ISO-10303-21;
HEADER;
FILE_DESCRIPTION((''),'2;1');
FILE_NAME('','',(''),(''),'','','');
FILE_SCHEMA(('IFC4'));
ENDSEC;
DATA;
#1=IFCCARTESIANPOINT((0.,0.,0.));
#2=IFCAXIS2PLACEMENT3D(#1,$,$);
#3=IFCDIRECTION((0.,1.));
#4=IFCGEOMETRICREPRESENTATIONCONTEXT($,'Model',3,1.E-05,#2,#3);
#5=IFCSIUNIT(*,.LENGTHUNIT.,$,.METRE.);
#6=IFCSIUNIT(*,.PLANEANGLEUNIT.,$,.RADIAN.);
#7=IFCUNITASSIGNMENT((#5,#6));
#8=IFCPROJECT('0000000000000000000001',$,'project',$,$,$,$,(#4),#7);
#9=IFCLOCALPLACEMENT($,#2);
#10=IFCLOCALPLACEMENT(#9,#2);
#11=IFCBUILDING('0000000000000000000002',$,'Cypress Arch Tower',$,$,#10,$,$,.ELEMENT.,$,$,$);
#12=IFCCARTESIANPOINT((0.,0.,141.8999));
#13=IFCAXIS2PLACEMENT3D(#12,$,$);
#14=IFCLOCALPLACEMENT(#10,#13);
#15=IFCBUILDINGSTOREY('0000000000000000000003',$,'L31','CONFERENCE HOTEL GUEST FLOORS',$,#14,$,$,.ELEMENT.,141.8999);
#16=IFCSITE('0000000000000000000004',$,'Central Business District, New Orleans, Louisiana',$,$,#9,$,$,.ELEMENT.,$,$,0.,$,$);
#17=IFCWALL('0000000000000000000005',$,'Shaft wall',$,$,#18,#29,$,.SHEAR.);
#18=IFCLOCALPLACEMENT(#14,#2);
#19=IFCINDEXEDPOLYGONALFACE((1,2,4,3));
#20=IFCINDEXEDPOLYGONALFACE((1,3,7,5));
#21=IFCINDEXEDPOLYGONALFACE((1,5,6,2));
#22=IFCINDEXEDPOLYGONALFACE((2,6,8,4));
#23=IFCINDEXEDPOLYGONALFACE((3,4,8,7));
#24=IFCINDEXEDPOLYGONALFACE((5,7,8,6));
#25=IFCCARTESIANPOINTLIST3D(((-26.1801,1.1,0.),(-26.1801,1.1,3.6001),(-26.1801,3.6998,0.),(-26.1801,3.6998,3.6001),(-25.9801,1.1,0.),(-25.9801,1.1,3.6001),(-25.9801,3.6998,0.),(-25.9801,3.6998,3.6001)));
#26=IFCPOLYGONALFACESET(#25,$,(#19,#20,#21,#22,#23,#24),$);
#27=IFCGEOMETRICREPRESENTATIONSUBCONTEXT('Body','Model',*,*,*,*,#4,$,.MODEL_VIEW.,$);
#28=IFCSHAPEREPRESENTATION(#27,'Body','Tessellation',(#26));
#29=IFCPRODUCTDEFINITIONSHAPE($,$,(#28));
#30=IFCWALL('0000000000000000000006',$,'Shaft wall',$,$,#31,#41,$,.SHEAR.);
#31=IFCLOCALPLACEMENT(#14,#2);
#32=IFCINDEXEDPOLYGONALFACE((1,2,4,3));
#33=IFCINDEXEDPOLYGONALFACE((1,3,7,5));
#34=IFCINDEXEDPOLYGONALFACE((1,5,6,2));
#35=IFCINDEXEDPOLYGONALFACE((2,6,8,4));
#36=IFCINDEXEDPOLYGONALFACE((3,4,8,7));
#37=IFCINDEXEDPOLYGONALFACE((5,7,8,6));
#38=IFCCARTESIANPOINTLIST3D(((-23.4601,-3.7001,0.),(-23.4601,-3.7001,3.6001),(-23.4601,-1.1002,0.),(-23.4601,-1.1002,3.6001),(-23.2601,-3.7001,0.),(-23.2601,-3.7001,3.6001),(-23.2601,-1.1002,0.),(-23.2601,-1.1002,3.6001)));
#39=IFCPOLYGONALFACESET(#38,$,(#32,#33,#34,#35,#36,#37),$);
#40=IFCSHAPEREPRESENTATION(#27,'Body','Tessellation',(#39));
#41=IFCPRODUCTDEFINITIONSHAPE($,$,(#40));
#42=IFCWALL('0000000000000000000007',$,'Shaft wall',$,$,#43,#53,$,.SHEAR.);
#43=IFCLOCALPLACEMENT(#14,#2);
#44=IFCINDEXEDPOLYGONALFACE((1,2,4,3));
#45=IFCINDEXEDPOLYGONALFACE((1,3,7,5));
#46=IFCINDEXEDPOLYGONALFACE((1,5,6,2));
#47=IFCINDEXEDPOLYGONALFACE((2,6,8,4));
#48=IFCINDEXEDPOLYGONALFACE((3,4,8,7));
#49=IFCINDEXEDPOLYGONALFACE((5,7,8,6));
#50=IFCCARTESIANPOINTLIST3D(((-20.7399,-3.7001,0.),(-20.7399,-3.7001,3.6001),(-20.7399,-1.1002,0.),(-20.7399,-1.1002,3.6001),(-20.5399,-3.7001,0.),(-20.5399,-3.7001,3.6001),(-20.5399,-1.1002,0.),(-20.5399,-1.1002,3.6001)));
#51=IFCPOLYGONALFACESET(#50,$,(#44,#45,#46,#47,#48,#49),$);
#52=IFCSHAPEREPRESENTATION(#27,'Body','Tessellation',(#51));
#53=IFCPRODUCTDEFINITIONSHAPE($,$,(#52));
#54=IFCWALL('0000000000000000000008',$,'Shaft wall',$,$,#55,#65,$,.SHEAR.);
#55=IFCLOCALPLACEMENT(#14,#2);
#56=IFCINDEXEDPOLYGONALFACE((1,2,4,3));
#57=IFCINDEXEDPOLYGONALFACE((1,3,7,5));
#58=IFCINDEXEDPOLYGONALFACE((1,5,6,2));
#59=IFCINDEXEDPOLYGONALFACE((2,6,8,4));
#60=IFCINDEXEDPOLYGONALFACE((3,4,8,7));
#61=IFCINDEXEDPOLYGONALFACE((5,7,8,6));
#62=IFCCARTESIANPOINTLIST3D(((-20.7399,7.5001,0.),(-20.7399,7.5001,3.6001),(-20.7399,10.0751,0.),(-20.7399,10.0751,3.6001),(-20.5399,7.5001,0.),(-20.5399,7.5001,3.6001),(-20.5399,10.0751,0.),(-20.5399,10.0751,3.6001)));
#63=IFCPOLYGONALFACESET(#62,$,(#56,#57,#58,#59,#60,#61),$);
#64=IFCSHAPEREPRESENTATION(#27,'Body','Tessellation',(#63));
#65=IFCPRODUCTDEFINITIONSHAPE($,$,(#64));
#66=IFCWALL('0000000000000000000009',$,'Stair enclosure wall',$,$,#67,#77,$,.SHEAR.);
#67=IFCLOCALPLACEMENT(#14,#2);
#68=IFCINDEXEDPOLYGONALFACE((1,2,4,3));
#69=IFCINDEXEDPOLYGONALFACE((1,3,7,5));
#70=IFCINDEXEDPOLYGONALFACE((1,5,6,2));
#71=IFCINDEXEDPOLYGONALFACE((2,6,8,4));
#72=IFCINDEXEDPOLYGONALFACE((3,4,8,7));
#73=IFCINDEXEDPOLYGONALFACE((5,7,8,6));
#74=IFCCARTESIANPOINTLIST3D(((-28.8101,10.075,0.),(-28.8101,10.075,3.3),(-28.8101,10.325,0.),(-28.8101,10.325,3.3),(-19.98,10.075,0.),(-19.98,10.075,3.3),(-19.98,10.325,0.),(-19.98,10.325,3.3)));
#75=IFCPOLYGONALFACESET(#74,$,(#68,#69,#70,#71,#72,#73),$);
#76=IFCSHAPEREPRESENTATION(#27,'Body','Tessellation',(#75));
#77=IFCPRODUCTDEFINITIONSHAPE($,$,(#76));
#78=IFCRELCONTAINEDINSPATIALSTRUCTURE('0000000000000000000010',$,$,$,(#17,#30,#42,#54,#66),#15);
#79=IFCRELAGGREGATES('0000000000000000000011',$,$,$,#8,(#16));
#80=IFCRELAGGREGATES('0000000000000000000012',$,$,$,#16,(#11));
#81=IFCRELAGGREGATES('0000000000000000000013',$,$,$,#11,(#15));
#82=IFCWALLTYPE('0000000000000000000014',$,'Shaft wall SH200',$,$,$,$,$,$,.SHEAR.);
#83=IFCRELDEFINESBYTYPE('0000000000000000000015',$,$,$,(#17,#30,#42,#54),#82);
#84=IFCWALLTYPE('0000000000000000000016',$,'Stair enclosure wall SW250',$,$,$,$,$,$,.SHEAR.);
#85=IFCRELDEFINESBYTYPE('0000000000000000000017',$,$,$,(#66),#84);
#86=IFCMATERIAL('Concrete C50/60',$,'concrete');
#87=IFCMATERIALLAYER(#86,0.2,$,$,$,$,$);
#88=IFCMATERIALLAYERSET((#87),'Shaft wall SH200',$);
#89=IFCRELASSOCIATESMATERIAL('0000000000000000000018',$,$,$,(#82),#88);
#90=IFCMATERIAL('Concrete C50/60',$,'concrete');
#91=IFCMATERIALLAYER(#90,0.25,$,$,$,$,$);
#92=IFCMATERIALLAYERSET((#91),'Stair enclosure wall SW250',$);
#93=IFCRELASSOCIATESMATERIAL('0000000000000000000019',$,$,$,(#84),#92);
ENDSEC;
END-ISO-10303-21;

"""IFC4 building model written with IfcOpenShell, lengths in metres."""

from ifc_helpers import new_model, si_unit, direction, frame, frame_2d, origin, place, context, subcontext, project, spatial, rectangle, extrude, material, layer, layer_set, type_object, element, save


model = new_model("IFC4")

# Units and contexts
model_context = context("Model", 3, precision=1e-05, world=origin(), true_north=direction((0.0, 1.0)))
body_context = subcontext(model_context, "Body", "Model", "MODEL_VIEW")
ifc_project = project(units=[si_unit("LENGTHUNIT", "METRE"), si_unit("PLANEANGLEUNIT", "RADIAN")], contexts=[model_context])

# Site, building, storey
site_placement = place(None, origin())
site = spatial("IfcSite", under=ifc_project, at=site_placement, Name="Central Business District, New Orleans, Louisiana", CompositionType="ELEMENT", RefElevation=0.0)
building_placement = place(site_placement, origin())
building = spatial("IfcBuilding", under=site, at=building_placement, Name="Cypress Arch Tower", CompositionType="ELEMENT")
storey_placement = place(building_placement, frame((0.0, 0.0, 141.8999)))
storey = spatial("IfcBuildingStorey", under=building, at=storey_placement, Name="L31", Description="CONFERENCE HOTEL GUEST FLOORS", CompositionType="ELEMENT", Elevation=141.8999)

# Walls
ifc_material_1 = material(Name="Concrete C50/60", Category="concrete")
ifc_layer_1 = layer(ifc_material_1, 0.2)
ifc_layer_set_1 = layer_set([ifc_layer_1], Name="Shaft wall SH200")
wall_type_1 = type_object("IfcWallType", Name="Shaft wall SH200", PredefinedType="SHEAR", material=ifc_layer_set_1)
for number, where, z_axis, x_axis, name in (
    (1, (-26.0801, 1.1001, 0.0), (0.0, 0.0, 1.0), (0.0, 1.0, 0.0), "Shaft wall"),
    (2, (-23.3601, -3.7, 0.0), (0.0, 0.0, 1.0), (0.0, 1.0, 0.0), "Shaft wall"),
    (3, (-20.6399, -3.7, 0.0), (0.0, 0.0, 1.0), (0.0, 1.0, 0.0), "Shaft wall"),
):
    element("IfcWall", number, at=place(storey_placement, frame(where, z_axis=z_axis, x_axis=x_axis)), inside=storey, type_object=wall_type_1, Name=name, PredefinedType="SHEAR", context=body_context, shape_type="SweptSolid", body=[
        extrude(rectangle(XDim=2.5999, YDim=0.2, at=frame_2d((1.2998, 0.0))), origin(), (0.0, 0.0, 1.0), 3.6001),
    ])
wall_1_placement = place(storey_placement, frame((-20.6399, 7.5, 0.0), z_axis=(0.0, 0.0, 1.0), x_axis=(0.0, 1.0, 0.0)))
element("IfcWall", 4, at=wall_1_placement, inside=storey, type_object=wall_type_1, Name="Shaft wall", PredefinedType="SHEAR", context=body_context, shape_type="SweptSolid", body=[
    extrude(rectangle(XDim=2.575, YDim=0.2, at=frame_2d((1.2876, 0.0))), origin(), (0.0, 0.0, 1.0), 3.6001),
])
ifc_material_2 = material(Name="Concrete C50/60", Category="concrete")
ifc_layer_2 = layer(ifc_material_2, 0.25)
ifc_layer_set_2 = layer_set([ifc_layer_2], Name="Stair enclosure wall SW250")
wall_type_2 = type_object("IfcWallType", Name="Stair enclosure wall SW250", PredefinedType="SHEAR", material=ifc_layer_set_2)
wall_2_placement = place(storey_placement, frame((-28.8101, 10.2, 0.0), z_axis=(0.0, 0.0, 1.0), x_axis=(1.0, 0.0, 0.0)))
element("IfcWall", 5, at=wall_2_placement, inside=storey, type_object=wall_type_2, Name="Stair enclosure wall", PredefinedType="SHEAR", context=body_context, shape_type="SweptSolid", body=[
    extrude(rectangle(XDim=8.8301, YDim=0.25, at=frame_2d((4.415, 0.0))), origin(), (0.0, 0.0, 1.0), 3.3),
])

save(model, "model.ifc")
